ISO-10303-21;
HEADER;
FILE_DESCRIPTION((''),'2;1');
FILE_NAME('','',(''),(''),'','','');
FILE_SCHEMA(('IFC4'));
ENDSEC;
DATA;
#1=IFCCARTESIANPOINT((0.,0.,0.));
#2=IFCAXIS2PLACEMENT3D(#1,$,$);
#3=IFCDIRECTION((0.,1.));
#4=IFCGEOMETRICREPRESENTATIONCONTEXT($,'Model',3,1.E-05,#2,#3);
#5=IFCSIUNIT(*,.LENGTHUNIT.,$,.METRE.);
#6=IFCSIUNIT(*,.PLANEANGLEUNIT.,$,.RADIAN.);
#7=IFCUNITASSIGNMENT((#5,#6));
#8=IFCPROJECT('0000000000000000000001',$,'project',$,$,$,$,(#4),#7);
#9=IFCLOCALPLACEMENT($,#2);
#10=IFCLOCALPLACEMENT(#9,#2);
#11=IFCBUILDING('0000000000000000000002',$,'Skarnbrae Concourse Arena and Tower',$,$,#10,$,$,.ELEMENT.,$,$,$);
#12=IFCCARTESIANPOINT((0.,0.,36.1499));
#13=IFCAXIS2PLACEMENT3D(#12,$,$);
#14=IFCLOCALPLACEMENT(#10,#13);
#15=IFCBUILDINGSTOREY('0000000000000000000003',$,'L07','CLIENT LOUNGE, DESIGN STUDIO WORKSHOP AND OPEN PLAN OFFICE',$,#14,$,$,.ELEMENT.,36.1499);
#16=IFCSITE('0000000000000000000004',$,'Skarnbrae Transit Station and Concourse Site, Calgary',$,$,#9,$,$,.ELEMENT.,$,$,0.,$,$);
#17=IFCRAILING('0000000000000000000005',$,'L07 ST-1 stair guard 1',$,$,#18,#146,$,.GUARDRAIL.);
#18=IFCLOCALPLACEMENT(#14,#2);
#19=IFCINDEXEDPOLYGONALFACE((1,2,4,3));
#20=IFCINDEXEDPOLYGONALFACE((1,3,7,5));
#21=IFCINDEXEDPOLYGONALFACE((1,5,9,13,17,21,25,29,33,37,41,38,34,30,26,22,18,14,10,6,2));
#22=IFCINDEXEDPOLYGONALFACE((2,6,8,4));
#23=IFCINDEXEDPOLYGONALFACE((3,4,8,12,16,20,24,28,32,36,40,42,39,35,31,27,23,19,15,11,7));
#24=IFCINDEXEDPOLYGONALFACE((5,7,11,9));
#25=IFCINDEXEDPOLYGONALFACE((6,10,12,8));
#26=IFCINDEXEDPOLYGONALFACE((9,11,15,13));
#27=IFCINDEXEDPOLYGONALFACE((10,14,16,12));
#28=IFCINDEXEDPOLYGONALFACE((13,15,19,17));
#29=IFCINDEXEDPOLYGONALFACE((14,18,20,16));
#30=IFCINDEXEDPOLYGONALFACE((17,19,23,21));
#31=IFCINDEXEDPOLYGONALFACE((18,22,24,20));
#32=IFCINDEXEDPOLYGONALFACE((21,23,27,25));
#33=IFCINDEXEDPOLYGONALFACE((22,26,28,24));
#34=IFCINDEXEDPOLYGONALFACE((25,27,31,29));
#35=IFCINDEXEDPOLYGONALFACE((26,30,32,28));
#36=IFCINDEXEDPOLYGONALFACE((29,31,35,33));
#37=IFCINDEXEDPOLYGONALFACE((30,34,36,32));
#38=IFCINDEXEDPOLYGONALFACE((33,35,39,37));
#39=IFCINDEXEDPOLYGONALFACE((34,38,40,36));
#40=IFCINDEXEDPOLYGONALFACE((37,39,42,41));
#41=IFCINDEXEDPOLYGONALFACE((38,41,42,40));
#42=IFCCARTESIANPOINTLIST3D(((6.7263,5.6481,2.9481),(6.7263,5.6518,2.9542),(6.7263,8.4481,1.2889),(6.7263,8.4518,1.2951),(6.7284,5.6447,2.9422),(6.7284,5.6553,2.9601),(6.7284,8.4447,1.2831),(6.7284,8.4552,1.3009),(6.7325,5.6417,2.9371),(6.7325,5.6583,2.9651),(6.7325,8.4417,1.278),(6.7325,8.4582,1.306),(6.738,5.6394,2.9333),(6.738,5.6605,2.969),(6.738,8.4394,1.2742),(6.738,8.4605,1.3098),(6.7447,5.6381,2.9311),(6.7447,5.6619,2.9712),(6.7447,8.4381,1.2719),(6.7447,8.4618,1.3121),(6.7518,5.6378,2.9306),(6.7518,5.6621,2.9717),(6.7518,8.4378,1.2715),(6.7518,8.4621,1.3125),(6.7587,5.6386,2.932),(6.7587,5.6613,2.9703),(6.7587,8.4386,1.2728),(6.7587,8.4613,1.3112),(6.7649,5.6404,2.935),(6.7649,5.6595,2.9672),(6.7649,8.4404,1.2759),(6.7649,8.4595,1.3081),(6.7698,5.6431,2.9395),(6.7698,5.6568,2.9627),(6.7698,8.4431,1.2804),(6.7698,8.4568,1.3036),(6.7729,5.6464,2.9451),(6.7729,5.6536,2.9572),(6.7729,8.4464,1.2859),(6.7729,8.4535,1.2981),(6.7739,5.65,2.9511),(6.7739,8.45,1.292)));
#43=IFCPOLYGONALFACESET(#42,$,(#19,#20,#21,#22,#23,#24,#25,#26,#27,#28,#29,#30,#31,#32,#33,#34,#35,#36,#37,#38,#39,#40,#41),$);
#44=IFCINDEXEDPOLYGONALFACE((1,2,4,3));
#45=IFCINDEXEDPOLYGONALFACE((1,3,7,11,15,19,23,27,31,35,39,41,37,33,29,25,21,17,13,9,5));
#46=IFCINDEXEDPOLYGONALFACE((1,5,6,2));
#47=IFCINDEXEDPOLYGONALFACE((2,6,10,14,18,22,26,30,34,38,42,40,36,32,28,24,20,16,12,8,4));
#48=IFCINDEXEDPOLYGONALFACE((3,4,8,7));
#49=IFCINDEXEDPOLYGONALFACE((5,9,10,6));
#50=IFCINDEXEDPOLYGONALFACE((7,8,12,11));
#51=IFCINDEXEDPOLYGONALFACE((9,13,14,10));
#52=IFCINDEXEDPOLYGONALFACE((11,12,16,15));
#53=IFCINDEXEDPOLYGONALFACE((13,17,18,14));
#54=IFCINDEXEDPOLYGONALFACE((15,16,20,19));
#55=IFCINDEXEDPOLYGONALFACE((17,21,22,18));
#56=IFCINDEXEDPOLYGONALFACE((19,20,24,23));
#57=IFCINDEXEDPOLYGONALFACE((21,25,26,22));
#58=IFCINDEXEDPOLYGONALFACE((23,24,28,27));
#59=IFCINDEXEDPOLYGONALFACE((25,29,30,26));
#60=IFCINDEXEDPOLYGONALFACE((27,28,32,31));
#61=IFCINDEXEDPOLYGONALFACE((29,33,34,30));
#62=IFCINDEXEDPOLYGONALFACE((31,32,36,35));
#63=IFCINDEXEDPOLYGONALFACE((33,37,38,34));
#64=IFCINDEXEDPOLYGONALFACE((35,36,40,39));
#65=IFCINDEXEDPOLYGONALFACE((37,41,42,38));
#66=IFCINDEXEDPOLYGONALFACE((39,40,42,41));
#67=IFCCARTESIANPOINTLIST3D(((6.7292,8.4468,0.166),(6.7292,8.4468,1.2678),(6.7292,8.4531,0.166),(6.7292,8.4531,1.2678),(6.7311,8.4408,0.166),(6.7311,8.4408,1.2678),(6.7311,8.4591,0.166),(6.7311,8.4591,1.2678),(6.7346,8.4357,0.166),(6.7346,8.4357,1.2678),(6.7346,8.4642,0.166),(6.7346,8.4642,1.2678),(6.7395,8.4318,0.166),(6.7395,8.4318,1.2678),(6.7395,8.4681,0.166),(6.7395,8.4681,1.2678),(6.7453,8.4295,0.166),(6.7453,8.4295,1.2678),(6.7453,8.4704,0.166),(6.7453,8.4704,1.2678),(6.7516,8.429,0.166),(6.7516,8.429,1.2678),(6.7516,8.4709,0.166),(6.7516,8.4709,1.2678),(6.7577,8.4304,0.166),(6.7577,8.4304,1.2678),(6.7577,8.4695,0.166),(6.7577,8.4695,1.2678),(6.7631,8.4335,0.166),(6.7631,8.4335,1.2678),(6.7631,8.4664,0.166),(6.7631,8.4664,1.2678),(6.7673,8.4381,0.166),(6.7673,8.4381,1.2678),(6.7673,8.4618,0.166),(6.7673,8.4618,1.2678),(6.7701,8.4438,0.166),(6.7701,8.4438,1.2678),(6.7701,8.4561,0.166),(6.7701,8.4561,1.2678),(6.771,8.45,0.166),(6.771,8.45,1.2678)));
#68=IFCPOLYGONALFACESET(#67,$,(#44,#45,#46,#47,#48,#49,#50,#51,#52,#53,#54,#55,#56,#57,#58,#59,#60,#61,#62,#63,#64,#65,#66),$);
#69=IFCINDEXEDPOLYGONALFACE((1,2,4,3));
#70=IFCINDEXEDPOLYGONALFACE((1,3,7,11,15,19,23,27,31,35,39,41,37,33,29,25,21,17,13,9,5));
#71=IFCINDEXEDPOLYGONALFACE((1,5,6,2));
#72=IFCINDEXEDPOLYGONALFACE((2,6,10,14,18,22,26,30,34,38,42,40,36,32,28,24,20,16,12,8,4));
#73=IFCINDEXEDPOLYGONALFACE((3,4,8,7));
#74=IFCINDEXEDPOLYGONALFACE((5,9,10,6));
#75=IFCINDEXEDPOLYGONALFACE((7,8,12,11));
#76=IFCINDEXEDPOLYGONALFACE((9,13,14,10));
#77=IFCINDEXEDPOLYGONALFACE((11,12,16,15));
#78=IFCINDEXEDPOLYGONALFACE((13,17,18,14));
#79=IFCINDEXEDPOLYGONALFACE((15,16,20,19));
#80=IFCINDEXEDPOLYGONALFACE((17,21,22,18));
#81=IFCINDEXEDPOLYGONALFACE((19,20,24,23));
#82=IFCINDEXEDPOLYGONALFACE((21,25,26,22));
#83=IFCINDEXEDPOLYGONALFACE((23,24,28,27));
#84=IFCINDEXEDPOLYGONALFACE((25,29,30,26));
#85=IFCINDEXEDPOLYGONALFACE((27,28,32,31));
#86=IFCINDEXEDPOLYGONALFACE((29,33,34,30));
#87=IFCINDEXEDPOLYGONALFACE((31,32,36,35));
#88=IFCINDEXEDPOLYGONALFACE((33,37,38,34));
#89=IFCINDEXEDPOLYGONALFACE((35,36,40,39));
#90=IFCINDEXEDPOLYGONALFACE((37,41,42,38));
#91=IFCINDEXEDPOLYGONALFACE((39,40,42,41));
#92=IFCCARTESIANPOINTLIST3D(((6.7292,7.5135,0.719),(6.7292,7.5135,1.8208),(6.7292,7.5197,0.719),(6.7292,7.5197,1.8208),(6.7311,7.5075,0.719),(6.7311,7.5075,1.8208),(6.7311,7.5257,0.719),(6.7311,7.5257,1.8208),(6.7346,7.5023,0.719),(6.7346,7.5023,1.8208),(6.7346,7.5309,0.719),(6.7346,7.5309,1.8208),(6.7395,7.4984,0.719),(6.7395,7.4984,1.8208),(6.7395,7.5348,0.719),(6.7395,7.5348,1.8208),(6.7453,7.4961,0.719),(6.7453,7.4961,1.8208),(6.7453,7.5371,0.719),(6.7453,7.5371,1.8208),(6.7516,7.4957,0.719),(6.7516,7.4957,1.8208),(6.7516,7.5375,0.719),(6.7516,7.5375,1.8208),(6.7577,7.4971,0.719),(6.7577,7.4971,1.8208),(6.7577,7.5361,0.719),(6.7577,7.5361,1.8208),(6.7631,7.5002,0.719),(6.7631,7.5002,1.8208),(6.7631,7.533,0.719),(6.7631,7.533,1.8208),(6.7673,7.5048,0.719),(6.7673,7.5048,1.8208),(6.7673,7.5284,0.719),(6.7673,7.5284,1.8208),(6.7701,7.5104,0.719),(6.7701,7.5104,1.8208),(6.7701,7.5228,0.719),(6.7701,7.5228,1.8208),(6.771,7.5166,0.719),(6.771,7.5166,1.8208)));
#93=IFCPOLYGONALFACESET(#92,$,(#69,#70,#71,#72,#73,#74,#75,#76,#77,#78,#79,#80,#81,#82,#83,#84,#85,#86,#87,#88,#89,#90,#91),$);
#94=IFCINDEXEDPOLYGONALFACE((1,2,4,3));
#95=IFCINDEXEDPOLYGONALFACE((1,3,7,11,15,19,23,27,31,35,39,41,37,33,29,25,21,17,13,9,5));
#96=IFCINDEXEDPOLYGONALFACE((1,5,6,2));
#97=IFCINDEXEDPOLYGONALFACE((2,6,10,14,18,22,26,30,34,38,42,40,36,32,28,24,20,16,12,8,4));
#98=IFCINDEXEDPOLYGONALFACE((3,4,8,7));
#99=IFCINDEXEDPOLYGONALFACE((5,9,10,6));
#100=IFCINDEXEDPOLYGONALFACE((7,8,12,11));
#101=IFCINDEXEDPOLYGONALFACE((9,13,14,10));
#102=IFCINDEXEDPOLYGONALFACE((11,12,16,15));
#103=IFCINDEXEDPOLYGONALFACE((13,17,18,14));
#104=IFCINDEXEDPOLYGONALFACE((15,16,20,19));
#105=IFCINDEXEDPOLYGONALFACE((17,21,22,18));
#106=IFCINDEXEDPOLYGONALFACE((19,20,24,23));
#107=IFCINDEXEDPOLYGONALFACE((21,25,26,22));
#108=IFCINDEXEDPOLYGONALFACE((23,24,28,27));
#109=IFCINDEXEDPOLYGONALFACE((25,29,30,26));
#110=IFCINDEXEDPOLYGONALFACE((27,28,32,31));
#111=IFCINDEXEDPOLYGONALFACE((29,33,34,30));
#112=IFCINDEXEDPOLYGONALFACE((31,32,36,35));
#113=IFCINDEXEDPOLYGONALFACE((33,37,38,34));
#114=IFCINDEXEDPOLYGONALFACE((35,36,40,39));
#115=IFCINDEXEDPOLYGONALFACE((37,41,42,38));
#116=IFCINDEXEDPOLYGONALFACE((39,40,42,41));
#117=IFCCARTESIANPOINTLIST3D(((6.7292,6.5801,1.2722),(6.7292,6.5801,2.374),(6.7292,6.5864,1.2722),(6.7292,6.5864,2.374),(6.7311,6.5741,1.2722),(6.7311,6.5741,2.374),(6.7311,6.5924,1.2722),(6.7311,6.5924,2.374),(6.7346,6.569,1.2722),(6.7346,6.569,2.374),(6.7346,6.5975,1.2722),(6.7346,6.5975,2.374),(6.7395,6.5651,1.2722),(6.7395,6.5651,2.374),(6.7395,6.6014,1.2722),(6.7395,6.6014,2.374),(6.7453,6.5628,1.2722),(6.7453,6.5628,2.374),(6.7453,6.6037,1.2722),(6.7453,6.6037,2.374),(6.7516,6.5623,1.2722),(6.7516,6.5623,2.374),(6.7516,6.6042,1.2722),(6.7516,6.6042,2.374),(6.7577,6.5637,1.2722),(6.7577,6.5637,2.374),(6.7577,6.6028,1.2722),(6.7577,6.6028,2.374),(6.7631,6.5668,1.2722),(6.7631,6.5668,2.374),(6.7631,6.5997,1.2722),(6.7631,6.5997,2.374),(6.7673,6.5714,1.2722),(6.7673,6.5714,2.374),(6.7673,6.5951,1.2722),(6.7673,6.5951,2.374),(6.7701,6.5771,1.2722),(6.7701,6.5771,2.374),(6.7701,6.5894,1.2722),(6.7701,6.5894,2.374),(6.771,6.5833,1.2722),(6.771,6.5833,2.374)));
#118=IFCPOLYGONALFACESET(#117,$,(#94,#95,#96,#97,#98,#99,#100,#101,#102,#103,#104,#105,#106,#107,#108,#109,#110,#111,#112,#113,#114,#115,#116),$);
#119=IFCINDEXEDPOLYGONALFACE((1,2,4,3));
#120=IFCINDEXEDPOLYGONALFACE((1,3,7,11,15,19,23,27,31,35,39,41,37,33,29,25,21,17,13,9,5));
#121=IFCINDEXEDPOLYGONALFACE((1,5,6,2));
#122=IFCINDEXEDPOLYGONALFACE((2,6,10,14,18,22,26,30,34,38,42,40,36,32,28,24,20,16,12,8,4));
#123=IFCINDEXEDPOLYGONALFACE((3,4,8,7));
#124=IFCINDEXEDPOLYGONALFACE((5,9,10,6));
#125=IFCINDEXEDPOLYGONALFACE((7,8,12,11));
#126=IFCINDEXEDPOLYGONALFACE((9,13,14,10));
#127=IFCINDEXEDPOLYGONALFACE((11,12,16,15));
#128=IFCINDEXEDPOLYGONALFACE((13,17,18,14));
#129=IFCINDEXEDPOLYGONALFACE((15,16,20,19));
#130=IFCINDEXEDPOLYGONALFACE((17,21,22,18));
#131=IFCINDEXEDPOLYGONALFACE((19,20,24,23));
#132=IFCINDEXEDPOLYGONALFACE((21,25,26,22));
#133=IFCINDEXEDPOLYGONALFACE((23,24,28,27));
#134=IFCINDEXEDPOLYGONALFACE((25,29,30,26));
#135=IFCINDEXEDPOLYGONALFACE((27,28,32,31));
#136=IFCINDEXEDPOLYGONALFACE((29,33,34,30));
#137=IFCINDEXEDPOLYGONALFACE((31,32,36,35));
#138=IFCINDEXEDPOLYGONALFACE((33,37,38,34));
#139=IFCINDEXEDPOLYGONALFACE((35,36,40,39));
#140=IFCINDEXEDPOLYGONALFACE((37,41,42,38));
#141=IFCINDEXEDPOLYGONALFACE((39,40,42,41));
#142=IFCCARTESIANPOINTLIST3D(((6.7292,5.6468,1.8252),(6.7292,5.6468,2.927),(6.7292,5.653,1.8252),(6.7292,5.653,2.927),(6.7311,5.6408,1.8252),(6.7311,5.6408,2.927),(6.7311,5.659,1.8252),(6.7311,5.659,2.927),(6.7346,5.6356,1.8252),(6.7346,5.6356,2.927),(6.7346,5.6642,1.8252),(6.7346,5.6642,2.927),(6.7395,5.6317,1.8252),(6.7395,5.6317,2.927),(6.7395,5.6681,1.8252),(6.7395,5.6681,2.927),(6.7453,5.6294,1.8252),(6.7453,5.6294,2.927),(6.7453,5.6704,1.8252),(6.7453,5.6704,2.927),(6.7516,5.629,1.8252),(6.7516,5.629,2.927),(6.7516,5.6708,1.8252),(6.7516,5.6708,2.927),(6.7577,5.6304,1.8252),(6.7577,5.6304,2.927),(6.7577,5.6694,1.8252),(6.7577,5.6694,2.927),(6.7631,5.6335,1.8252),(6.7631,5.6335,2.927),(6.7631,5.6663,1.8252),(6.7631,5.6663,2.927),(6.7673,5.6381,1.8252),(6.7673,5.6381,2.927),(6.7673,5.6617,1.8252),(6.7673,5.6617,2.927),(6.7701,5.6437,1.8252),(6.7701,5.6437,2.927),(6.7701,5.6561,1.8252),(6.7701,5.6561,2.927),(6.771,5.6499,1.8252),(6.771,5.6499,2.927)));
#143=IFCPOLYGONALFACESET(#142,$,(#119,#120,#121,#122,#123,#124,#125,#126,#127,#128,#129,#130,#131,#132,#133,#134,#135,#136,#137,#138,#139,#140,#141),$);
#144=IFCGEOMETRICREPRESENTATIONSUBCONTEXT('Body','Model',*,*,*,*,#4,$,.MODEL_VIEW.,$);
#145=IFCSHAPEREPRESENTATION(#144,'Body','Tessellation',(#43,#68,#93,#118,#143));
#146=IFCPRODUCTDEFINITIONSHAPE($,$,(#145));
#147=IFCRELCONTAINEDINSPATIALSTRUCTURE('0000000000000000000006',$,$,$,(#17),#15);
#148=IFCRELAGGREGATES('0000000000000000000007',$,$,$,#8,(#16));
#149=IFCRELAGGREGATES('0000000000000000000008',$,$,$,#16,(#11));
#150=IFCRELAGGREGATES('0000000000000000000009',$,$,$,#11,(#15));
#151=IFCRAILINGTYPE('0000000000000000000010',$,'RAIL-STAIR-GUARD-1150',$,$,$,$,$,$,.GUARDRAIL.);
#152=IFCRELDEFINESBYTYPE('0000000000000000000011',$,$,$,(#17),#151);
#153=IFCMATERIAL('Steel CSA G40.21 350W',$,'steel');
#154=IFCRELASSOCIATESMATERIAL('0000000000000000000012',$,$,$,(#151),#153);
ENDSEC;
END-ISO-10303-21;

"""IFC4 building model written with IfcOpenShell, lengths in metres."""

from ifc_helpers import new_model, si_unit, direction, frame, origin, origin_2d, place, context, subcontext, project, spatial, circle, extrude, material, type_object, element, save


model = new_model("IFC4")

# Units and contexts
model_context = context("Model", 3, precision=1e-05, world=origin(), true_north=direction((0.0, 1.0)))
body_context = subcontext(model_context, "Body", "Model", "MODEL_VIEW")
ifc_project = project(units=[si_unit("LENGTHUNIT", "METRE"), si_unit("PLANEANGLEUNIT", "RADIAN")], contexts=[model_context])

# Site, building, storey
site_placement = place(None, origin())
site = spatial("IfcSite", under=ifc_project, at=site_placement, Name="Skarnbrae Transit Station and Concourse Site, Calgary", CompositionType="ELEMENT", RefElevation=0.0)
building_placement = place(site_placement, origin())
building = spatial("IfcBuilding", under=site, at=building_placement, Name="Skarnbrae Concourse Arena and Tower", CompositionType="ELEMENT")
storey_placement = place(building_placement, frame((0.0, 0.0, 36.1499)))
storey = spatial("IfcBuildingStorey", under=building, at=storey_placement, Name="L07", Description="CLIENT LOUNGE, DESIGN STUDIO WORKSHOP AND OPEN PLAN OFFICE", CompositionType="ELEMENT", Elevation=36.1499)

# Shared definitions
ifc_material_1 = material(Name="Steel CSA G40.21 350W", Category="steel")

# Railing
railing_type_1 = type_object("IfcRailingType", Name="RAIL-STAIR-GUARD-1150", PredefinedType="GUARDRAIL", material=ifc_material_1)
railing_1_placement = place(storey_placement, frame((6.75, 8.45, 0.166)))
element("IfcRailing", 1, at=railing_1_placement, inside=storey, type_object=railing_type_1, Name="L07 ST-1 stair guard 1", PredefinedType="GUARDRAIL", context=body_context, shape_type="SweptSolid", body=[
    extrude(circle(Radius=0.0239, at=origin_2d()), frame((0.0, 0.0, 1.126), z_axis=(0.0, -0.860306, 0.509778), x_axis=(1.0, 0.0, 0.0)), (0.0, 0.0, 1.0), 3.2546),
    extrude(circle(Radius=0.021, at=origin_2d()), origin(), (0.0, 0.0, 1.0), 1.1018),
    extrude(circle(Radius=0.021, at=origin_2d()), frame((0.0, -0.9333, 0.553)), (0.0, 0.0, 1.0), 1.1018),
    extrude(circle(Radius=0.021, at=origin_2d()), frame((0.0, -1.8667, 1.1062)), (0.0, 0.0, 1.0), 1.1018),
    extrude(circle(Radius=0.021, at=origin_2d()), frame((0.0, -2.8, 1.6592)), (0.0, 0.0, 1.0), 1.1018),
])

save(model, "model.ifc")
